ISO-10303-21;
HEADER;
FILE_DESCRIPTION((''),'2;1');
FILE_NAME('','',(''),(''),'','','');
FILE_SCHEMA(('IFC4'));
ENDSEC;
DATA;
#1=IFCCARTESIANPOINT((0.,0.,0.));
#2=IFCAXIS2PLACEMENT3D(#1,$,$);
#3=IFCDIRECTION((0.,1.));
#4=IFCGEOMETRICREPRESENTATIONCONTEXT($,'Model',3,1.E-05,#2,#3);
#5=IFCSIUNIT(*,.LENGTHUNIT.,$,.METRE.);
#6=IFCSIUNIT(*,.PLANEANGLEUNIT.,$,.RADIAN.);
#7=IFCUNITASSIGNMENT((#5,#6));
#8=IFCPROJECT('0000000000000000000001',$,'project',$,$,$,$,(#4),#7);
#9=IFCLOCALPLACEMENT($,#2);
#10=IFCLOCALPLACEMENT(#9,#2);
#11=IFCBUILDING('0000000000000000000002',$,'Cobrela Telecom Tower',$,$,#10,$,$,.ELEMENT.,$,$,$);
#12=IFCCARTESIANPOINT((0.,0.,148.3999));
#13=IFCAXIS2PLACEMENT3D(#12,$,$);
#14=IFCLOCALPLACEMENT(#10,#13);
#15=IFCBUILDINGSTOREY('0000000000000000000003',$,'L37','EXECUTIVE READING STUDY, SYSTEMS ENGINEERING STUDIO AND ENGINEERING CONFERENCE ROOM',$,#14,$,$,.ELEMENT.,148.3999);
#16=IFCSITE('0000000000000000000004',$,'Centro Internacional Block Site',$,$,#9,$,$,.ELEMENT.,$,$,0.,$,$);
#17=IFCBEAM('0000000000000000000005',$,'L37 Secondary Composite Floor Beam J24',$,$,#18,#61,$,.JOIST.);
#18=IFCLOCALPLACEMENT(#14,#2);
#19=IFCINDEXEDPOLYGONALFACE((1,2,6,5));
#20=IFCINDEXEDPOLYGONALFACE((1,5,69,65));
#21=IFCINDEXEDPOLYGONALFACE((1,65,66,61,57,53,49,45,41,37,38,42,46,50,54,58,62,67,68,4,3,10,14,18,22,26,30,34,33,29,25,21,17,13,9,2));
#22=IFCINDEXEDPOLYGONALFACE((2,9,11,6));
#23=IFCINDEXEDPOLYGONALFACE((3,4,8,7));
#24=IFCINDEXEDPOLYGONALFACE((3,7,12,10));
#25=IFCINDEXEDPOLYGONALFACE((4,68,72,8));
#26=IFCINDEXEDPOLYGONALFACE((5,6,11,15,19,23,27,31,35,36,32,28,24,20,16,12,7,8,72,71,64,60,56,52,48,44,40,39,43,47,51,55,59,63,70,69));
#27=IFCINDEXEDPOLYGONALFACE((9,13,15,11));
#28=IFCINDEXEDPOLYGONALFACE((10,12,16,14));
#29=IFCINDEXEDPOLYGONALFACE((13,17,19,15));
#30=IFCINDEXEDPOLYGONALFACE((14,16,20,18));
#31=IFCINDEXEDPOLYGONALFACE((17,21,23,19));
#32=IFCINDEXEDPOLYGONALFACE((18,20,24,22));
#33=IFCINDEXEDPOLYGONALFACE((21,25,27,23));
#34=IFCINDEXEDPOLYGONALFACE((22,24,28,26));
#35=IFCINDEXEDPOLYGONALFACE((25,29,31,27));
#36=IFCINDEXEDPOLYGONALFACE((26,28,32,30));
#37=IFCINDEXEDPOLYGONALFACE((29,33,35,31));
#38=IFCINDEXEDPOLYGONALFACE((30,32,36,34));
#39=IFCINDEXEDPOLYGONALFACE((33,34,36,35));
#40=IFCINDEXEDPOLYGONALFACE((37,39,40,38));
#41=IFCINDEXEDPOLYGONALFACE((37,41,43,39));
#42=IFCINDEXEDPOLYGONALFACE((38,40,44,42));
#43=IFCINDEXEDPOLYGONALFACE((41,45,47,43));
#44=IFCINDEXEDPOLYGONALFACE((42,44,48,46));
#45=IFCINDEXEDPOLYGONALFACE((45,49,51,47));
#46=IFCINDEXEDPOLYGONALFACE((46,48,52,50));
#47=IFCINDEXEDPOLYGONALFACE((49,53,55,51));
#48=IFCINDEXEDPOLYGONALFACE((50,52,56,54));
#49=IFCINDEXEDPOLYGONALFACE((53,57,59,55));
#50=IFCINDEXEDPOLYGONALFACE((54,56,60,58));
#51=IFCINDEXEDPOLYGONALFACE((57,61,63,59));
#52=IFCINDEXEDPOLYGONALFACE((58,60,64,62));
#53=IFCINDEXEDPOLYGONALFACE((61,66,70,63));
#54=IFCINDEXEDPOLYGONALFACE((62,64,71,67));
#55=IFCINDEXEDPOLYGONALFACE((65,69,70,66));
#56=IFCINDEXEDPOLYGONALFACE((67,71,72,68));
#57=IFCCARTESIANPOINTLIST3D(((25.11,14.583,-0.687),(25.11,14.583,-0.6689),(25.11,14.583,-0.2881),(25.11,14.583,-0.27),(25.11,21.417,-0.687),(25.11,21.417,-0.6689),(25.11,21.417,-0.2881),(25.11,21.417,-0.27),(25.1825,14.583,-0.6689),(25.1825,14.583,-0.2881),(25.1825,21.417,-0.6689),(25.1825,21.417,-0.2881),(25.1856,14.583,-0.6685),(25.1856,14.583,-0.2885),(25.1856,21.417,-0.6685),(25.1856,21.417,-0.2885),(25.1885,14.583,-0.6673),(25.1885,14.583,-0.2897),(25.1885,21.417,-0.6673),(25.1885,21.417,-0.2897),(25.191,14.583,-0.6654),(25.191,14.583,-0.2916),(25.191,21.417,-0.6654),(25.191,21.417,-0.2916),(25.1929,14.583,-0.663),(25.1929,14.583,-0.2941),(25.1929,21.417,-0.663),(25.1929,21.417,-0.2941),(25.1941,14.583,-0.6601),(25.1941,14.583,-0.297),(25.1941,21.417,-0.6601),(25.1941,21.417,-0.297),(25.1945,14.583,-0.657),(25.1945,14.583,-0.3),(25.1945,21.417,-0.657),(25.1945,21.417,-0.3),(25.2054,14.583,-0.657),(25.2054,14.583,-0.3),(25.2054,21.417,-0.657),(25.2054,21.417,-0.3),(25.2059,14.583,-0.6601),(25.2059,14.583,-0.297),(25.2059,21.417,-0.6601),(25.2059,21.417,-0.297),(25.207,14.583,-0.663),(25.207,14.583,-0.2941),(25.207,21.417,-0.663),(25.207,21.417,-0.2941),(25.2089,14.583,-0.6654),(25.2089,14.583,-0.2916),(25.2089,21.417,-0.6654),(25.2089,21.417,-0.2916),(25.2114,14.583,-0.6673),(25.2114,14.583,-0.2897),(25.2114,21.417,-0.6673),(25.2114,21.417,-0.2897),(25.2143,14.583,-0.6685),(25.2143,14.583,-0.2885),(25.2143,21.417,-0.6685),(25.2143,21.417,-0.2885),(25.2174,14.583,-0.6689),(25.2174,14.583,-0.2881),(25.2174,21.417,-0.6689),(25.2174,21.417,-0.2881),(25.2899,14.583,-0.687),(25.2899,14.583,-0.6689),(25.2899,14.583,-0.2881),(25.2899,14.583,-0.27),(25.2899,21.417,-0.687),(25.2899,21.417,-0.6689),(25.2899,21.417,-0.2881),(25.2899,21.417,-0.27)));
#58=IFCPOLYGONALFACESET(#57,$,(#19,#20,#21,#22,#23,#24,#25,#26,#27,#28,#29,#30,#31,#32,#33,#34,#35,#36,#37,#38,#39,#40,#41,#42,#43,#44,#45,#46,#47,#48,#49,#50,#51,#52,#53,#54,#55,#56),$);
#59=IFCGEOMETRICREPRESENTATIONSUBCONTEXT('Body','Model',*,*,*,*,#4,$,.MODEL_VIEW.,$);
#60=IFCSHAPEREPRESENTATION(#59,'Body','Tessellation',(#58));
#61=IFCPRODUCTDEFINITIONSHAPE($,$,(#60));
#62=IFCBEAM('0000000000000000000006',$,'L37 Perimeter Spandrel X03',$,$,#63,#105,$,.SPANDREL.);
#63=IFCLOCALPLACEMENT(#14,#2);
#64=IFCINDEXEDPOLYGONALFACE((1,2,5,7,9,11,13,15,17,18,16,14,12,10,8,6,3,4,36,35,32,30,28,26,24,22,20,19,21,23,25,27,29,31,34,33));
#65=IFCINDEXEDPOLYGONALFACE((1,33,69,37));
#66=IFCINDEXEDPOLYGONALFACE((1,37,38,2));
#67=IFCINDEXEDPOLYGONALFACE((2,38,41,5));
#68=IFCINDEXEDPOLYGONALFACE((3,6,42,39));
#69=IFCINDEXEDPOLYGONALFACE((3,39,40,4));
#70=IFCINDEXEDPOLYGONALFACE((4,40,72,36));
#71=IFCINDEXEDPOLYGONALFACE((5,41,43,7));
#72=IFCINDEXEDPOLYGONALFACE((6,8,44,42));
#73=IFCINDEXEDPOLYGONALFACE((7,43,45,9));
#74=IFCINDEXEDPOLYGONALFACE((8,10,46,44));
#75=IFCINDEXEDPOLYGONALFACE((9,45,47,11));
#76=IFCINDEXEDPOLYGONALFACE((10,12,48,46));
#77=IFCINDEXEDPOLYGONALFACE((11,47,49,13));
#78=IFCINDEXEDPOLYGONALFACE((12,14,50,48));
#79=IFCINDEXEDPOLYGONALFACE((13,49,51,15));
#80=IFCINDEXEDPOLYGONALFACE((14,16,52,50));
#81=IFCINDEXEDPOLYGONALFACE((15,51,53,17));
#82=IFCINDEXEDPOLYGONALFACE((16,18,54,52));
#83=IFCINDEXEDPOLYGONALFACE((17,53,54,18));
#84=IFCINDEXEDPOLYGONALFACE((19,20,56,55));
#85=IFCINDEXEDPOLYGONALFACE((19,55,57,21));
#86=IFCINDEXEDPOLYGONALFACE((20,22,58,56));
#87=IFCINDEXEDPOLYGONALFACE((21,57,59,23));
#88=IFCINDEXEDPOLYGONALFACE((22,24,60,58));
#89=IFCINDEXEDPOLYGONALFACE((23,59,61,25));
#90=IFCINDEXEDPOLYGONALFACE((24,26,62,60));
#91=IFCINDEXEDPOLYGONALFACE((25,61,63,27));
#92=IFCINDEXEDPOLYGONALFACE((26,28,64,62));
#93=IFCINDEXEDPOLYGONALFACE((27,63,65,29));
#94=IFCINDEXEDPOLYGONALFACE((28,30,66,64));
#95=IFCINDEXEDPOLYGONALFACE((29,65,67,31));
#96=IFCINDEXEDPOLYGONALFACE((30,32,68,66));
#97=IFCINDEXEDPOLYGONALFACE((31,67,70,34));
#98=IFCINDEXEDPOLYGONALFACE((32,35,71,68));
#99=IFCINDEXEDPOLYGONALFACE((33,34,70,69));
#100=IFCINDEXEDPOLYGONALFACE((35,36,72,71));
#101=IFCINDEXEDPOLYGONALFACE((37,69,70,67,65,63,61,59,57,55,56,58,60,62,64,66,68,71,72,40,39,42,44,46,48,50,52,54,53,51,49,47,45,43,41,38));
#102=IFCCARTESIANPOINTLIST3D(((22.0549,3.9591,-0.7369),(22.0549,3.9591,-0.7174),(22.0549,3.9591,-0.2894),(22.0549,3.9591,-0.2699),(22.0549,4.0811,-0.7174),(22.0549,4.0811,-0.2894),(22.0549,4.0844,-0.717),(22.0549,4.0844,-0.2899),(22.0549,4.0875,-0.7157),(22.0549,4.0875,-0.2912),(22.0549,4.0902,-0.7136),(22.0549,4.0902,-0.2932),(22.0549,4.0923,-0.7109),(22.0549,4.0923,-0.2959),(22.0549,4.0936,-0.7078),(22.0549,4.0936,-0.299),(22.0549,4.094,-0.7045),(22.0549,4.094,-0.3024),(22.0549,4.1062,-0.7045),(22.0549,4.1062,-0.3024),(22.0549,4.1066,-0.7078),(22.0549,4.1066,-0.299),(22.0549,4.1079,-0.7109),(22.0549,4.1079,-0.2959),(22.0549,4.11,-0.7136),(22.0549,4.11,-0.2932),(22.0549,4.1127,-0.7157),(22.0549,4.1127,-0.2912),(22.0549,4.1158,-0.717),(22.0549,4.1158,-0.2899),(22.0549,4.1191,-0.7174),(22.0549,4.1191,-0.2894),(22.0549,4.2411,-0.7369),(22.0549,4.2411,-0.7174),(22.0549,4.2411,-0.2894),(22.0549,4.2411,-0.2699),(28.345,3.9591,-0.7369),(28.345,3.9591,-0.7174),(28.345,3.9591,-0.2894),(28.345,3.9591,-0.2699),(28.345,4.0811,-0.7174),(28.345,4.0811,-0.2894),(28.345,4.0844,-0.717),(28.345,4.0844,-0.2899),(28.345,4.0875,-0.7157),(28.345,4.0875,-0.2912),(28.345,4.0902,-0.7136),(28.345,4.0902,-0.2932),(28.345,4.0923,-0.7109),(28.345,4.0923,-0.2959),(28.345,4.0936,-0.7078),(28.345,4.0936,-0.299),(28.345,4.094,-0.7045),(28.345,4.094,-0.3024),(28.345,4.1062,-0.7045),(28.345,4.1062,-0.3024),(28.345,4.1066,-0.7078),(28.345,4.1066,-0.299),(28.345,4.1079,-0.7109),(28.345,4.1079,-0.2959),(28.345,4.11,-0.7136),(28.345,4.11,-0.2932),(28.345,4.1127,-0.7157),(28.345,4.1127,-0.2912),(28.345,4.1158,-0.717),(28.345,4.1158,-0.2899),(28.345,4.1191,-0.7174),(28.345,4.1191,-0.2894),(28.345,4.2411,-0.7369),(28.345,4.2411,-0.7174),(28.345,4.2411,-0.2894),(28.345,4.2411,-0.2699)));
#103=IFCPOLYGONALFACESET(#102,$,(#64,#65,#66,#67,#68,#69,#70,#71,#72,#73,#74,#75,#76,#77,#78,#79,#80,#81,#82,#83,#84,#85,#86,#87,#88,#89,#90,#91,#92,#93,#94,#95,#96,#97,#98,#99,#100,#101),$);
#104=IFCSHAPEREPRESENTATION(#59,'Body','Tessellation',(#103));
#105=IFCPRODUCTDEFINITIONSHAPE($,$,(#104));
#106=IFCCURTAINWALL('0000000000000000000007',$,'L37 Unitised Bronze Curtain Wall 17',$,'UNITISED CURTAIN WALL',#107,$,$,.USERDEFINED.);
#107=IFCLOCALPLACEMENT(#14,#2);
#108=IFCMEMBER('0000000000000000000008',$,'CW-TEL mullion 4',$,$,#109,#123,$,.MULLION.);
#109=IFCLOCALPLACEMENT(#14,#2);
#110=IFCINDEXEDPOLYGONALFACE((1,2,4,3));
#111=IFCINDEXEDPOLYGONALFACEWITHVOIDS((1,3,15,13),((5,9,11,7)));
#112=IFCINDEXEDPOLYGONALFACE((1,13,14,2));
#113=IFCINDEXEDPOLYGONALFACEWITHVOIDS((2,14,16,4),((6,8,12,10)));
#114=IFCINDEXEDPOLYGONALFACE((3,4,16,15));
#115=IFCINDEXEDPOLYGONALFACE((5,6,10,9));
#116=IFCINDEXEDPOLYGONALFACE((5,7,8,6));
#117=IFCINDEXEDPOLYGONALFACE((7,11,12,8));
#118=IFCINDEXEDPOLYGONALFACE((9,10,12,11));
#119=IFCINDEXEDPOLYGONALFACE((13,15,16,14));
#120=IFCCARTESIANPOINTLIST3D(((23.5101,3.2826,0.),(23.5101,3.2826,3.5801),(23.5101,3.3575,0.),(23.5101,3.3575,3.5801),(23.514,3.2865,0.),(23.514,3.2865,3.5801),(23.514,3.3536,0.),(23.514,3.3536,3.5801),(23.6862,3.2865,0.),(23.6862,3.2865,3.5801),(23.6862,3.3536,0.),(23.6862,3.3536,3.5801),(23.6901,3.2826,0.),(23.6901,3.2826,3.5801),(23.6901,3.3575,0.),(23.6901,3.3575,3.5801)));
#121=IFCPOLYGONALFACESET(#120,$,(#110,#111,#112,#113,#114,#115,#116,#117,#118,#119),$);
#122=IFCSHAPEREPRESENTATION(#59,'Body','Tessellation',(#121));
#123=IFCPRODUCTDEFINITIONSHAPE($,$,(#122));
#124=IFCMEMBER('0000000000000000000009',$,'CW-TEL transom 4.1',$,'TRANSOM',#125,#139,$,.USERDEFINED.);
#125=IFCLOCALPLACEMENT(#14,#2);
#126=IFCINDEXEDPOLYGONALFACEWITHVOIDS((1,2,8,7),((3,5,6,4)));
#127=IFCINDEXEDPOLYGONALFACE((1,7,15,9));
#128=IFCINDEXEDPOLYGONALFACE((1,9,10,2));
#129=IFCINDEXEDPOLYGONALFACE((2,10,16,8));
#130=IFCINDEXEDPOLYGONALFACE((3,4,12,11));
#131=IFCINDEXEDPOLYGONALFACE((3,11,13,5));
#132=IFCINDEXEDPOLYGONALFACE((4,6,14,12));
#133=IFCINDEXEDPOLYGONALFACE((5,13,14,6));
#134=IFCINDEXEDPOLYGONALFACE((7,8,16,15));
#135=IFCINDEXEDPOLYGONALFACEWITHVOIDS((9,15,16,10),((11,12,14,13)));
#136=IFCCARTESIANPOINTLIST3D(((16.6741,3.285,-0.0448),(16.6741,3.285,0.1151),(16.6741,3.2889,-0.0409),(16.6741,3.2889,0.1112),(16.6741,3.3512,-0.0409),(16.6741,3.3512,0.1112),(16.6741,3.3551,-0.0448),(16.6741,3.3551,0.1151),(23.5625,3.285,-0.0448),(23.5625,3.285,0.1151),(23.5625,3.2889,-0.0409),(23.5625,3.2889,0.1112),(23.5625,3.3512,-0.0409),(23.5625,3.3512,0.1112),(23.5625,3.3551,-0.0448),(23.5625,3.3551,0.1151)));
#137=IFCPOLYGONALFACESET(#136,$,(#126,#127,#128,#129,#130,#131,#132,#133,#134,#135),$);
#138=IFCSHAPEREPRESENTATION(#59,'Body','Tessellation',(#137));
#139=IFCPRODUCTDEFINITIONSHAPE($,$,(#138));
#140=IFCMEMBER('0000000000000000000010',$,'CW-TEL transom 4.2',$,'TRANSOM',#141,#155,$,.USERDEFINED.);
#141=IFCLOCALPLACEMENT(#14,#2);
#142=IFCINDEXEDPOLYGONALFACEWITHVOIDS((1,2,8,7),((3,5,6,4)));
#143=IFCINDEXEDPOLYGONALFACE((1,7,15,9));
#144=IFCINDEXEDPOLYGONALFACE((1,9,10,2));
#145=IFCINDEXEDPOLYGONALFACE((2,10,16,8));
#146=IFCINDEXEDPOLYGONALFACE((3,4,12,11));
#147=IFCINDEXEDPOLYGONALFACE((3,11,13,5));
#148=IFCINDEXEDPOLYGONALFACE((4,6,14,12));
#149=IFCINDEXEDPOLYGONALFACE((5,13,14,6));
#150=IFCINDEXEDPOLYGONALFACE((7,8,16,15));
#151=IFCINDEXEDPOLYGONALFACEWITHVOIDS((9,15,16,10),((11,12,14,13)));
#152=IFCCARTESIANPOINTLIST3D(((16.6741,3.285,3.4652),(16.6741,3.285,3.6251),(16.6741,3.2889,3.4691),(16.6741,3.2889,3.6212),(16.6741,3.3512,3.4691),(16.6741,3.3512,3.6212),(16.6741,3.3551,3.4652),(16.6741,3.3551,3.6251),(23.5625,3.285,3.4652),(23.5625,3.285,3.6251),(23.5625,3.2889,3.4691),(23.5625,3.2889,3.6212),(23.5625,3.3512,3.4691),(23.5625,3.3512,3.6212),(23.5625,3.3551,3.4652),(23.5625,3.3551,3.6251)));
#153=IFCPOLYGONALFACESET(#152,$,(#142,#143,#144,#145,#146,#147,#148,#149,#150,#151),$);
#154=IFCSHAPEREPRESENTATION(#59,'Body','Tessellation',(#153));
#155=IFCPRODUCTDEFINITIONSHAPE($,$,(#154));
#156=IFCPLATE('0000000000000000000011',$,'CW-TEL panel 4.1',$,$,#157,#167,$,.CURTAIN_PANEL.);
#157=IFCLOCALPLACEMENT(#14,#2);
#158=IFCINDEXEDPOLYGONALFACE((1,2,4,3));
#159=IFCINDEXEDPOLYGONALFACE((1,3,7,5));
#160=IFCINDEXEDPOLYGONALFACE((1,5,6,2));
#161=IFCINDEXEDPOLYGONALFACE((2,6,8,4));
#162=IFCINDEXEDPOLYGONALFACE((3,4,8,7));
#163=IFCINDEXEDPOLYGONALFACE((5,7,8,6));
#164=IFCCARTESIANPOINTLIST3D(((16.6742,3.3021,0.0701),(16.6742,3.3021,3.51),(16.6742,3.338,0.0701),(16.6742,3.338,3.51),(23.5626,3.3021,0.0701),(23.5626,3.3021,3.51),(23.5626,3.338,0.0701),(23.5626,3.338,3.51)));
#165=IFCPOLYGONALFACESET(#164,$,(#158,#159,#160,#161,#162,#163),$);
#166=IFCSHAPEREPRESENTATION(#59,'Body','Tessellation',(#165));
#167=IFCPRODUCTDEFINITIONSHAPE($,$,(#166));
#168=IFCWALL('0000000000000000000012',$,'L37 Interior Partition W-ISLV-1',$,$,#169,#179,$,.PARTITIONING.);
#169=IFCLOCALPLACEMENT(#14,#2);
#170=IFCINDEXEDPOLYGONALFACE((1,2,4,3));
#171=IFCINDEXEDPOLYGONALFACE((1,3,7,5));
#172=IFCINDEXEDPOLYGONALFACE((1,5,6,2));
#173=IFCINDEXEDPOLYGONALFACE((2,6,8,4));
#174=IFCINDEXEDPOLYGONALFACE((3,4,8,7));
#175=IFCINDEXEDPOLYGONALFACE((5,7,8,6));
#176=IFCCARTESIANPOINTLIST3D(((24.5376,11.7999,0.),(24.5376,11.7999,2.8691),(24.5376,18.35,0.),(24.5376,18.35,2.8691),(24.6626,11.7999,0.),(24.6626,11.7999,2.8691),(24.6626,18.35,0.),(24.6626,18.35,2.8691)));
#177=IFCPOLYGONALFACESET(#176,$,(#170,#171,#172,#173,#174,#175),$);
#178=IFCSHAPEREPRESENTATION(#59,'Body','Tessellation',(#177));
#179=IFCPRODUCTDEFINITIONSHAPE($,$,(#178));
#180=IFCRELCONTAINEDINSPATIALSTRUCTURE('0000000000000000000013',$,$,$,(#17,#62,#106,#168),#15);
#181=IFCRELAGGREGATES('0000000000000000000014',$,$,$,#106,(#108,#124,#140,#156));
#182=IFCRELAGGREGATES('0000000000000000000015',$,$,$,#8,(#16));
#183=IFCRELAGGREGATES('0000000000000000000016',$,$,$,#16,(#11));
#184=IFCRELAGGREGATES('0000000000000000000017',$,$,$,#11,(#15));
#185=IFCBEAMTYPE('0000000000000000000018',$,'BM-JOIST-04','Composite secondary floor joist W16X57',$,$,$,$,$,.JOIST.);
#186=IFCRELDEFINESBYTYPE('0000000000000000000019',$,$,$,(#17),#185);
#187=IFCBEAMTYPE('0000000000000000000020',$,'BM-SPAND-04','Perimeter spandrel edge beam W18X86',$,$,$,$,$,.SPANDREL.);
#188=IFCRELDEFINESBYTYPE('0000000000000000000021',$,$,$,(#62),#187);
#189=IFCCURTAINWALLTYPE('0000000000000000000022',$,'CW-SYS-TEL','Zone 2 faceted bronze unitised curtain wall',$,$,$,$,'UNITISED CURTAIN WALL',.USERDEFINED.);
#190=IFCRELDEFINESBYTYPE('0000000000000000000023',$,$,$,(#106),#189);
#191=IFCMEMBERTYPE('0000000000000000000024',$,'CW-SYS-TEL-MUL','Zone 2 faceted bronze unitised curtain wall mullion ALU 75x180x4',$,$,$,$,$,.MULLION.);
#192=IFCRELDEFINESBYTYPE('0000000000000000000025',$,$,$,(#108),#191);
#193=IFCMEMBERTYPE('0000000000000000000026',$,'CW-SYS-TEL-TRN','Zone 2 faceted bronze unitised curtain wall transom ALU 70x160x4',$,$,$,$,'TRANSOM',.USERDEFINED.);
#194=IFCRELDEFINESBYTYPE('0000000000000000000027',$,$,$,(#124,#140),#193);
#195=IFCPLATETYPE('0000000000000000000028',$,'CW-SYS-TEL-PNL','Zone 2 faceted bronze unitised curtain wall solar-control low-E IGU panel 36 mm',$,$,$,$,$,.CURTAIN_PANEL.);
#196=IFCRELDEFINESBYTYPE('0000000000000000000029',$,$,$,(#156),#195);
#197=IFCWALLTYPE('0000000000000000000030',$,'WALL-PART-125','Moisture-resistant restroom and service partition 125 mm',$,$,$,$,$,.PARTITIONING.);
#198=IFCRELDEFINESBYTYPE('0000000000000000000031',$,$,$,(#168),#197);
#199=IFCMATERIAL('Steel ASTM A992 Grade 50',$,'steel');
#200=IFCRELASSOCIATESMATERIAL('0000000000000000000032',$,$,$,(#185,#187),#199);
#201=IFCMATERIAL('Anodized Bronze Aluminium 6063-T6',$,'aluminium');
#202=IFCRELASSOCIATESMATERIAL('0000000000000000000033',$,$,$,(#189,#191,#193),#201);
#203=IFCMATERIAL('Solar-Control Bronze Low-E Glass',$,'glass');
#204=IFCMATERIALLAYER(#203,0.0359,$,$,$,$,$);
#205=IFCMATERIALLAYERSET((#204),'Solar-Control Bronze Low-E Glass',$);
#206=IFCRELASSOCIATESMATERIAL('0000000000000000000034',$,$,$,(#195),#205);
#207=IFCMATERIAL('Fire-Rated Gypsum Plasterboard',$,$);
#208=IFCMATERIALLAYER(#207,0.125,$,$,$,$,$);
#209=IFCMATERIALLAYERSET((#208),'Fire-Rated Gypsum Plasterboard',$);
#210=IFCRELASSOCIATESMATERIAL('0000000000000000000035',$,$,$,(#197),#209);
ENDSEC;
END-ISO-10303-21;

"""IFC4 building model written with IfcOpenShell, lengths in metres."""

from ifc_helpers import new_model, si_unit, direction, frame, frame_2d, origin, origin_2d, place, context, subcontext, project, spatial, rectangle, hollow_rectangle, i_section, extrude, material, layer, layer_set, material_profile, profile_set, type_object, element, aggregate, save


model = new_model("IFC4")

# Units and contexts
model_context = context("Model", 3, precision=1e-05, world=origin(), true_north=direction((0.0, 1.0)))
body_context = subcontext(model_context, "Body", "Model", "MODEL_VIEW")
ifc_project = project(units=[si_unit("LENGTHUNIT", "METRE"), si_unit("PLANEANGLEUNIT", "RADIAN")], contexts=[model_context])

# Site, building, storey
site_placement = place(None, origin())
site = spatial("IfcSite", under=ifc_project, at=site_placement, Name="Centro Internacional Block Site", CompositionType="ELEMENT", RefElevation=0.0)
building_placement = place(site_placement, origin())
building = spatial("IfcBuilding", under=site, at=building_placement, Name="Cobrela Telecom Tower", CompositionType="ELEMENT")
storey_placement = place(building_placement, frame((0.0, 0.0, 148.3999)))
storey = spatial("IfcBuildingStorey", under=building, at=storey_placement, Name="L37", Description="EXECUTIVE READING STUDY, SYSTEMS ENGINEERING STUDIO AND ENGINEERING CONFERENCE ROOM", CompositionType="ELEMENT", Elevation=148.3999)

# Shared definitions
ifc_material_1 = material(Name="Steel ASTM A992 Grade 50", Category="steel")

# Beams
ifc_material_profile_1 = material_profile(ifc_material_1, i_section(OverallWidth=0.1799, OverallDepth=0.417, WebThickness=0.011, FlangeThickness=0.0181, FilletRadius=0.012, at=origin_2d()), Name="W16X57")
ifc_profile_set_1 = profile_set([ifc_material_profile_1], Name="Steel ASTM A992 Grade 50")
beam_type_1 = type_object("IfcBeamType", Name="BM-JOIST-04", Description="Composite secondary floor joist W16X57", PredefinedType="JOIST", material=ifc_profile_set_1)
for number, where, z_axis, x_axis, name in (
    (1, (25.2, 14.583, -0.4785), (0.0, 1.0, 0.0), (-1.0, 0.0, 0.0), "L37 Secondary Composite Floor Beam J24"),
):
    element("IfcBeam", number, at=place(storey_placement, frame(where, z_axis=z_axis, x_axis=x_axis)), inside=storey, type_object=beam_type_1, Name=name, PredefinedType="JOIST", context=body_context, shape_type="SweptSolid", body=[
        extrude(i_section(OverallWidth=0.1799, OverallDepth=0.417, WebThickness=0.011, FlangeThickness=0.0181, FilletRadius=0.012, at=origin_2d()), origin(), (0.0, 0.0, 1.0), 6.834),
    ])
ifc_material_profile_2 = material_profile(ifc_material_1, i_section(OverallWidth=0.282, OverallDepth=0.467, WebThickness=0.0122, FlangeThickness=0.0195, FilletRadius=0.0129, at=origin_2d()), Name="W18X86")
ifc_profile_set_2 = profile_set([ifc_material_profile_2], Name="Steel ASTM A992 Grade 50")
beam_type_2 = type_object("IfcBeamType", Name="BM-SPAND-04", Description="Perimeter spandrel edge beam W18X86", PredefinedType="SPANDREL", material=ifc_profile_set_2)
beam_1_placement = place(storey_placement, frame((22.0549, 4.1001, -0.5034), z_axis=(1.0, 0.0, 0.0), x_axis=(0.0, 1.0, 0.0)))
element("IfcBeam", 2, at=beam_1_placement, inside=storey, type_object=beam_type_2, Name="L37 Perimeter Spandrel X03", PredefinedType="SPANDREL", context=body_context, shape_type="SweptSolid", body=[
    extrude(i_section(OverallWidth=0.282, OverallDepth=0.467, WebThickness=0.0122, FlangeThickness=0.0195, FilletRadius=0.0129, at=origin_2d()), origin(), (0.0, 0.0, 1.0), 6.29),
])

# Curtain wall, members, plate
ifc_material_2 = material(Name="Anodized Bronze Aluminium 6063-T6", Category="aluminium")
curtain_wall_type = type_object("IfcCurtainWallType", Name="CW-SYS-TEL", Description="Zone 2 faceted bronze unitised curtain wall", ElementType="UNITISED CURTAIN WALL", PredefinedType="USERDEFINED", material=ifc_material_2)
curtain_wall_placement = place(storey_placement, origin())
curtain_wall = element("IfcCurtainWall", 3, at=curtain_wall_placement, inside=storey, type_object=curtain_wall_type, Name="L37 Unitised Bronze Curtain Wall 17", ObjectType="UNITISED CURTAIN WALL", PredefinedType="USERDEFINED")
ifc_material_profile_3 = material_profile(ifc_material_2, hollow_rectangle(XDim=0.075, YDim=0.1799, WallThickness=0.0039, at=origin_2d()), Name="ALU 75x180x4")
ifc_profile_set_3 = profile_set([ifc_material_profile_3], Name="Anodized Bronze Aluminium 6063-T6")
member_type_1 = type_object("IfcMemberType", Name="CW-SYS-TEL-MUL", Description="Zone 2 faceted bronze unitised curtain wall mullion ALU 75x180x4", PredefinedType="MULLION", material=ifc_profile_set_3)
member_1_placement = place(storey_placement, frame((23.6001, 3.3201, 0.0), z_axis=(0.0, 0.0, 1.0), x_axis=(0.0, -1.0, 0.0)))
member_1 = element("IfcMember", 4, at=member_1_placement, type_object=member_type_1, Name="CW-TEL mullion 4", PredefinedType="MULLION", context=body_context, shape_type="SweptSolid", body=[
    extrude(hollow_rectangle(XDim=0.075, YDim=0.1799, WallThickness=0.0039, at=origin_2d()), origin(), (0.0, 0.0, 1.0), 3.5801),
])
ifc_material_profile_4 = material_profile(ifc_material_2, hollow_rectangle(XDim=0.0701, YDim=0.1599, WallThickness=0.0039, at=origin_2d()), Name="ALU 70x160x4")
ifc_profile_set_4 = profile_set([ifc_material_profile_4], Name="Anodized Bronze Aluminium 6063-T6")
member_type_2 = type_object("IfcMemberType", Name="CW-SYS-TEL-TRN", Description="Zone 2 faceted bronze unitised curtain wall transom ALU 70x160x4", ElementType="TRANSOM", PredefinedType="USERDEFINED", material=ifc_profile_set_4)
member_2_placement = place(storey_placement, frame((23.5625, 3.3201, 0.0352), z_axis=(-1.0, 0.0, 0.0), x_axis=(0.0, -1.0, 0.0)))
member_2 = element("IfcMember", 5, at=member_2_placement, type_object=member_type_2, Name="CW-TEL transom 4.1", ObjectType="TRANSOM", PredefinedType="USERDEFINED", context=body_context, shape_type="SweptSolid", body=[
    extrude(hollow_rectangle(XDim=0.0701, YDim=0.1599, WallThickness=0.0039, at=origin_2d()), origin(), (0.0, 0.0, 1.0), 6.8884),
])
member_3_placement = place(storey_placement, frame((23.5625, 3.3201, 3.5452), z_axis=(-1.0, 0.0, 0.0), x_axis=(0.0, -1.0, 0.0)))
member_3 = element("IfcMember", 6, at=member_3_placement, type_object=member_type_2, Name="CW-TEL transom 4.2", ObjectType="TRANSOM", PredefinedType="USERDEFINED", context=body_context, shape_type="SweptSolid", body=[
    extrude(hollow_rectangle(XDim=0.0701, YDim=0.1599, WallThickness=0.0039, at=origin_2d()), origin(), (0.0, 0.0, 1.0), 6.8884),
])
ifc_material_3 = material(Name="Solar-Control Bronze Low-E Glass", Category="glass")
ifc_layer_1 = layer(ifc_material_3, 0.0359)
ifc_layer_set_1 = layer_set([ifc_layer_1], Name="Solar-Control Bronze Low-E Glass")
plate_type = type_object("IfcPlateType", Name="CW-SYS-TEL-PNL", Description="Zone 2 faceted bronze unitised curtain wall solar-control low-E IGU panel 36 mm", PredefinedType="CURTAIN_PANEL", material=ifc_layer_set_1)
plate_placement = place(storey_placement, frame((20.1184, 3.3201, 0.0701), z_axis=(0.0, 0.0, 1.0), x_axis=(-1.0, 0.0, 0.0)))
plate = element("IfcPlate", 7, at=plate_placement, type_object=plate_type, Name="CW-TEL panel 4.1", PredefinedType="CURTAIN_PANEL", context=body_context, shape_type="SweptSolid", body=[
    extrude(rectangle(XDim=6.8884, YDim=0.0359, at=origin_2d()), origin(), (0.0, 0.0, 1.0), 3.4399),
])
aggregate(curtain_wall, [member_1, member_2, member_3, plate])

# Wall
ifc_material_4 = material(Name="Fire-Rated Gypsum Plasterboard")
ifc_layer_2 = layer(ifc_material_4, 0.125)
ifc_layer_set_2 = layer_set([ifc_layer_2], Name="Fire-Rated Gypsum Plasterboard")
wall_type = type_object("IfcWallType", Name="WALL-PART-125", Description="Moisture-resistant restroom and service partition 125 mm", PredefinedType="PARTITIONING", material=ifc_layer_set_2)
wall_placement = place(storey_placement, frame((24.6001, 11.8, 0.0), z_axis=(0.0, 0.0, 1.0), x_axis=(0.0, 1.0, 0.0)))
element("IfcWall", 8, at=wall_placement, inside=storey, type_object=wall_type, Name="L37 Interior Partition W-ISLV-1", PredefinedType="PARTITIONING", context=body_context, shape_type="SweptSolid", body=[
    extrude(rectangle(XDim=6.55, YDim=0.125, at=frame_2d((3.2749, 0.0))), origin(), (0.0, 0.0, 1.0), 2.8691),
])

save(model, "model.ifc")
